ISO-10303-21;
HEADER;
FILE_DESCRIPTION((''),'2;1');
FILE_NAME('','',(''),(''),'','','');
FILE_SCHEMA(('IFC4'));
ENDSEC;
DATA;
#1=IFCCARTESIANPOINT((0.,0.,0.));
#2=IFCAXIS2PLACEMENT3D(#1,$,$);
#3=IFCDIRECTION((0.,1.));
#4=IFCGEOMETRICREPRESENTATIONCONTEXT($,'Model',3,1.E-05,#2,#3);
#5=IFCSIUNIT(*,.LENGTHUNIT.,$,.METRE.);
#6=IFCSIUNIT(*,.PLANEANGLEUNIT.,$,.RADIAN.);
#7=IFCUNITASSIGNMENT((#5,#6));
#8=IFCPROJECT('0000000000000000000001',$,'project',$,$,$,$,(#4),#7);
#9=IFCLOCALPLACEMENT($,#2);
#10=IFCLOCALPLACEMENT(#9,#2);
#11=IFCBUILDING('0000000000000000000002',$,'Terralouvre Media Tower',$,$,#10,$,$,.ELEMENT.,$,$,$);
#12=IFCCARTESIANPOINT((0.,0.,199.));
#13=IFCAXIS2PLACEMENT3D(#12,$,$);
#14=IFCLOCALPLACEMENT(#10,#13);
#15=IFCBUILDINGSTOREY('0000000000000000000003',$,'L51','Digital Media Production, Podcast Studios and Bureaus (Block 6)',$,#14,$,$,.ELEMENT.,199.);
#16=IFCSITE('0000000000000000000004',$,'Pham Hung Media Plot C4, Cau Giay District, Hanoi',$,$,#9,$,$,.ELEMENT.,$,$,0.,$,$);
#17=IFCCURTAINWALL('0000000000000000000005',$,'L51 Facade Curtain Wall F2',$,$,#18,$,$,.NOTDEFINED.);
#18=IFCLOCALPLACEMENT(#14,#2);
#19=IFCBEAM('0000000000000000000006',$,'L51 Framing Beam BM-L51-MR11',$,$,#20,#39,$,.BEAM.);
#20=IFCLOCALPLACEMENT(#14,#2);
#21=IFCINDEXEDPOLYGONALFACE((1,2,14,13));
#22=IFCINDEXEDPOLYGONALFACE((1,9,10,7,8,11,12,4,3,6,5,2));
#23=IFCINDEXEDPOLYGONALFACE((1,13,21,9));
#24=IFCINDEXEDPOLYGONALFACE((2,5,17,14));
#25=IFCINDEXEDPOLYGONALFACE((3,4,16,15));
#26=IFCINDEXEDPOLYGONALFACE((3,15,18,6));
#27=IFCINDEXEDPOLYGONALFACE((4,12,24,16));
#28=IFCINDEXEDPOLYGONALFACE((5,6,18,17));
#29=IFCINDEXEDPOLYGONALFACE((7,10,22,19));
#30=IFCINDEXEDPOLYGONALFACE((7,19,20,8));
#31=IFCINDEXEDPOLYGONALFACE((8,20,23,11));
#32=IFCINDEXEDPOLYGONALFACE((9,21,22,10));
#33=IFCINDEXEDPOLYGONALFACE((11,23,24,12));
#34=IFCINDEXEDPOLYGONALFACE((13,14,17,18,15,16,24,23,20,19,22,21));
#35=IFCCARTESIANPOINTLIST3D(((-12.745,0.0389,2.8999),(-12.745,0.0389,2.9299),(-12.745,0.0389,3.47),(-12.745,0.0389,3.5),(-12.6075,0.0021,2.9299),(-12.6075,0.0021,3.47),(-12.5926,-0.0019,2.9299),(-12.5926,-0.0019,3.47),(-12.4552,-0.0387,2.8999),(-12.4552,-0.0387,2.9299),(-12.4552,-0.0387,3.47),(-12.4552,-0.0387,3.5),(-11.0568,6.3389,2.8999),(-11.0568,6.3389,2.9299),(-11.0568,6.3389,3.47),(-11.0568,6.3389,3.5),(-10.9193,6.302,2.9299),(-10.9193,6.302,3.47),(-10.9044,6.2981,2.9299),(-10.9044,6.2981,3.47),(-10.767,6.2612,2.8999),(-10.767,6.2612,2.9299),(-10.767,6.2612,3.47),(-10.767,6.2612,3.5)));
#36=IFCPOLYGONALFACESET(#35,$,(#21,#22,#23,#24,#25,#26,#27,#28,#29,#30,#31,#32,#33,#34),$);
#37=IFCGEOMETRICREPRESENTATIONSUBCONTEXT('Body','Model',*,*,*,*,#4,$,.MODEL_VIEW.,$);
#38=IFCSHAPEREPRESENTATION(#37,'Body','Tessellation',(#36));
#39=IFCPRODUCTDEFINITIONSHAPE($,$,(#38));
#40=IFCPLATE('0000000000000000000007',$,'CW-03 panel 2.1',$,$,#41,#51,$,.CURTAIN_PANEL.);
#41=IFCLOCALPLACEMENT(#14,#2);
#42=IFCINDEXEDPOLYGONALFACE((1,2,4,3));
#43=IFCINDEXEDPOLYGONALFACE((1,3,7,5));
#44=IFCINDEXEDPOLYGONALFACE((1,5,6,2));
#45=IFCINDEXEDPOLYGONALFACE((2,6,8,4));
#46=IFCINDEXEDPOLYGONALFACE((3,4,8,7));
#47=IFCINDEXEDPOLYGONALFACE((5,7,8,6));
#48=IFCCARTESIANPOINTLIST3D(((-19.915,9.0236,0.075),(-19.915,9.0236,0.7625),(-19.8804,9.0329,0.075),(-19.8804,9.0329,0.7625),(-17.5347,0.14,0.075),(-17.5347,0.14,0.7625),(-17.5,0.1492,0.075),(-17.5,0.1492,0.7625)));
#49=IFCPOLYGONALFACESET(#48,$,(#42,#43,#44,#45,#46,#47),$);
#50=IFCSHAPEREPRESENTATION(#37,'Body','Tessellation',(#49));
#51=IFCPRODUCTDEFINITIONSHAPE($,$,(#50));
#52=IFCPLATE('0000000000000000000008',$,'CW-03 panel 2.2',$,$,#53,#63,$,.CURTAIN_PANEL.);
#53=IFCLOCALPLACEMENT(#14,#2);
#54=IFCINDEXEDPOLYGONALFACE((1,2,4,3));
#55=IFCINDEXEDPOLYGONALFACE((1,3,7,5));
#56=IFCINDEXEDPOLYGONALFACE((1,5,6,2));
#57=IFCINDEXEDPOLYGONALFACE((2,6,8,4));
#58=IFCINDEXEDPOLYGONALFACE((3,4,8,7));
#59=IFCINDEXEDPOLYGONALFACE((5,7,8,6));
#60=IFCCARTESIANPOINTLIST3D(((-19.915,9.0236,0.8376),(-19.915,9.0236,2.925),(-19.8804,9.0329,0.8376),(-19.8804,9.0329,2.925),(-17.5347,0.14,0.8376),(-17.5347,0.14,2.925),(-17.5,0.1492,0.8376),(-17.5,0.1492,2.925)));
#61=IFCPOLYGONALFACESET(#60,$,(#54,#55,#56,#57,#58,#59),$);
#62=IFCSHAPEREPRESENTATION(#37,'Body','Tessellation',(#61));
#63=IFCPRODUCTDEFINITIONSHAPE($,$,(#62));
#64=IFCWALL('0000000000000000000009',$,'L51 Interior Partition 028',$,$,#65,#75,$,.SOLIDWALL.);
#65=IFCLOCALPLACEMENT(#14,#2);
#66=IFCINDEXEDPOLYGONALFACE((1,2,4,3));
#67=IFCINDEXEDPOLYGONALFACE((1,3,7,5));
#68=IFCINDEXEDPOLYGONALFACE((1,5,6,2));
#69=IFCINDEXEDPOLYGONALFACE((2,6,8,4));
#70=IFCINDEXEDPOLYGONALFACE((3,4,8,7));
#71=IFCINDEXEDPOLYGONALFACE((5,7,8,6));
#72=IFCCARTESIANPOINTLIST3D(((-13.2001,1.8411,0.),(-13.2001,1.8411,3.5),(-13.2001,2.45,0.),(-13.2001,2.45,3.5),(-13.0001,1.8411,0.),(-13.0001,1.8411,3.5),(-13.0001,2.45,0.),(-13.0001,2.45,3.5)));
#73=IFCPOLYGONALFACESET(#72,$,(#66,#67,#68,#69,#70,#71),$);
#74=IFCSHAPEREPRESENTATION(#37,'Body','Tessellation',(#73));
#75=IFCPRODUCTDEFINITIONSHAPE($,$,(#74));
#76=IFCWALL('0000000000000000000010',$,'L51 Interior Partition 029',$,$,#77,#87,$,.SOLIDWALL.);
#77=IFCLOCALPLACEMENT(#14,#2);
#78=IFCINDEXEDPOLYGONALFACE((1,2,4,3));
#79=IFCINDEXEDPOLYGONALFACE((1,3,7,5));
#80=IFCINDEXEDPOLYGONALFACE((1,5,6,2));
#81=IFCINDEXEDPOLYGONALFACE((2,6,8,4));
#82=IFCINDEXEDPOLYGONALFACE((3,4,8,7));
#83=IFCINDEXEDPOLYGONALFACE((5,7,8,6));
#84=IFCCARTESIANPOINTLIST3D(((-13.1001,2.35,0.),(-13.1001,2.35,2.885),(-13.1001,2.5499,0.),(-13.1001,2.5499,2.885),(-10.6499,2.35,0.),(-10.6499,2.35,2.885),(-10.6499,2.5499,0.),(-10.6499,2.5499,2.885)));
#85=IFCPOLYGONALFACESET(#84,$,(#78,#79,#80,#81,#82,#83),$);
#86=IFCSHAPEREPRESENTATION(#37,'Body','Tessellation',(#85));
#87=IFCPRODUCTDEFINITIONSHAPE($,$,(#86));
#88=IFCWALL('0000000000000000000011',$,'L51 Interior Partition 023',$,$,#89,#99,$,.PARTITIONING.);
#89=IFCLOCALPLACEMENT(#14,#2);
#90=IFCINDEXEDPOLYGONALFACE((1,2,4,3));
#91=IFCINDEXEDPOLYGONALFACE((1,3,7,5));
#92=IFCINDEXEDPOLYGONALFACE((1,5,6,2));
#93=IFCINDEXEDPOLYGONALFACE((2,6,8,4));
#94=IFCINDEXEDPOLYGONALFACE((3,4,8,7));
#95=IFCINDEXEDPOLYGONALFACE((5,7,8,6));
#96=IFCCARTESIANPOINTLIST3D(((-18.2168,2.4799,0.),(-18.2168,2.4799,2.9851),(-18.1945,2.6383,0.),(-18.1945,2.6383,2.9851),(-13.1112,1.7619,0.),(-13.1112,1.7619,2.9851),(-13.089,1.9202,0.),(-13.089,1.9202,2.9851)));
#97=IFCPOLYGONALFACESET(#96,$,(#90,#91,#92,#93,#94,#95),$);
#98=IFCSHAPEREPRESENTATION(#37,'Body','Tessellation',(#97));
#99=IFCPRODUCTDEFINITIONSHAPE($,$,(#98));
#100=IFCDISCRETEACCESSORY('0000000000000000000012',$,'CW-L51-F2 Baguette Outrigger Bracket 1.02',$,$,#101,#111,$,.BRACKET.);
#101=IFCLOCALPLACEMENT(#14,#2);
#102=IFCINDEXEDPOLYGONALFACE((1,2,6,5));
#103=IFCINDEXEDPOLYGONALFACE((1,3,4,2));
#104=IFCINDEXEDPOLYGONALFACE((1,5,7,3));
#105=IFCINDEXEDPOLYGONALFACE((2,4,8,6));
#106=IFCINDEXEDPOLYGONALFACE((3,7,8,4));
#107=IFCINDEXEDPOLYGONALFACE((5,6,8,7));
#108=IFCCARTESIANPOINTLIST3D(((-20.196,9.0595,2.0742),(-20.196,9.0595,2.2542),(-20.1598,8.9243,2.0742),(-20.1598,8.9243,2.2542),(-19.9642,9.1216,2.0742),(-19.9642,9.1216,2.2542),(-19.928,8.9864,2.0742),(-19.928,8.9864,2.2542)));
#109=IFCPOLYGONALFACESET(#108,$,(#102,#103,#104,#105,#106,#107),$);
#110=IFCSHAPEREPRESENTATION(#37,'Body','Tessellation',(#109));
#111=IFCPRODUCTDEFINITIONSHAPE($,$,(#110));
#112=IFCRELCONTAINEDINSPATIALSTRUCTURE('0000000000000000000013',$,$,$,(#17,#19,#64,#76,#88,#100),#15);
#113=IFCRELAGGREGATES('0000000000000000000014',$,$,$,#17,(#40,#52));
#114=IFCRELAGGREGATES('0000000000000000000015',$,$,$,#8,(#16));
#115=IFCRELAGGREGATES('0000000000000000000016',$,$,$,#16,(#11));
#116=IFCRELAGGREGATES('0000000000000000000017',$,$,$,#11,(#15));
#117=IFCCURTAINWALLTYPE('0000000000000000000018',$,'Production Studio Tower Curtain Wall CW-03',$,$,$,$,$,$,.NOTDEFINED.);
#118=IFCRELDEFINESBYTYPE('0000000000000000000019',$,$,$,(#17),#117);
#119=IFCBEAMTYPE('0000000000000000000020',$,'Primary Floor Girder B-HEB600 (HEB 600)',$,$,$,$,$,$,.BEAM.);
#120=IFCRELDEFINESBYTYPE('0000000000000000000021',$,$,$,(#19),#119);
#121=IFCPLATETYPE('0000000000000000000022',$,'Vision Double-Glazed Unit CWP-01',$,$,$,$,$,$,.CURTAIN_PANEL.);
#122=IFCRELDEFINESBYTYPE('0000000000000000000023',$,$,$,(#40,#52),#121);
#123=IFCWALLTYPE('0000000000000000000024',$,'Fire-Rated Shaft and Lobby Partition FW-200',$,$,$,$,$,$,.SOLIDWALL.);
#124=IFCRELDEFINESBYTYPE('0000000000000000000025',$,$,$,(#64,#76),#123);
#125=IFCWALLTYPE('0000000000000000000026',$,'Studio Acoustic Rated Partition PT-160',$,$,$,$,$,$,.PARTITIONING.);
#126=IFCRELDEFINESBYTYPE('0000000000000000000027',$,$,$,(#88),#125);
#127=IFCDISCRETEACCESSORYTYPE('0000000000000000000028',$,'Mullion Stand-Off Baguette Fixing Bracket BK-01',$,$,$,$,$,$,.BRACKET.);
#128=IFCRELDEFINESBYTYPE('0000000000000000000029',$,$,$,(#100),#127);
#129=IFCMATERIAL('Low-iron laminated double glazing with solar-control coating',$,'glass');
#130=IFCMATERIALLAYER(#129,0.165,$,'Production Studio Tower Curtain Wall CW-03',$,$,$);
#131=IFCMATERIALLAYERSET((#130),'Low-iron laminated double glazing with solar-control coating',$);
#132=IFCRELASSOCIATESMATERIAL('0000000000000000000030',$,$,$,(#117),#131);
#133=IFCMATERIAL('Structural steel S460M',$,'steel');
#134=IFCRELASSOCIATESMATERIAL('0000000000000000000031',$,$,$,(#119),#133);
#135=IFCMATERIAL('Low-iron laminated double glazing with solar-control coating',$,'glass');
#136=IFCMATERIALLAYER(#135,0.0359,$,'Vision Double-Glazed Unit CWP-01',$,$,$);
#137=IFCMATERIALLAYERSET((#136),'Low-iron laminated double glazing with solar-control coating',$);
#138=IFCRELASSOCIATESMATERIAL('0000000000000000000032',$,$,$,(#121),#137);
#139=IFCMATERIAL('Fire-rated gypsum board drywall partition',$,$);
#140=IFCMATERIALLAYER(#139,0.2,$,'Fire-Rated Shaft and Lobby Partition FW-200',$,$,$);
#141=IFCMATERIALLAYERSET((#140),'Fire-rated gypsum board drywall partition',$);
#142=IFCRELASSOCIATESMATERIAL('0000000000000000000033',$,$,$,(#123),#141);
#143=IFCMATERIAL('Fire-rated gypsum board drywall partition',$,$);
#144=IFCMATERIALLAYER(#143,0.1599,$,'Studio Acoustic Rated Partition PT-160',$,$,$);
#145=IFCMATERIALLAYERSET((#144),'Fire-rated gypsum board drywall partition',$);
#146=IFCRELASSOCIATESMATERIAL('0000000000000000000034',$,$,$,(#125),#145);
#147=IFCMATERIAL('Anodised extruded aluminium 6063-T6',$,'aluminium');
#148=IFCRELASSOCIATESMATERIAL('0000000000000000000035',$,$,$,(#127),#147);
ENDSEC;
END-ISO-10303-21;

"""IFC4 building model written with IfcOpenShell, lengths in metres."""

from ifc_helpers import new_model, si_unit, direction, frame, frame_2d, origin, origin_2d, place, context, subcontext, project, spatial, rectangle, i_section, extrude, material, layer, layer_set, material_profile, profile_set, type_object, element, aggregate, save


model = new_model("IFC4")

# Units and contexts
model_context = context("Model", 3, precision=1e-05, world=origin(), true_north=direction((0.0, 1.0)))
body_context = subcontext(model_context, "Body", "Model", "MODEL_VIEW")
ifc_project = project(units=[si_unit("LENGTHUNIT", "METRE"), si_unit("PLANEANGLEUNIT", "RADIAN")], contexts=[model_context])

# Site, building, storey
site_placement = place(None, origin())
site = spatial("IfcSite", under=ifc_project, at=site_placement, Name="Pham Hung Media Plot C4, Cau Giay District, Hanoi", CompositionType="ELEMENT", RefElevation=0.0)
building_placement = place(site_placement, origin())
building = spatial("IfcBuilding", under=site, at=building_placement, Name="Terralouvre Media Tower", CompositionType="ELEMENT")
storey_placement = place(building_placement, frame((0.0, 0.0, 199.0)))
storey = spatial("IfcBuildingStorey", under=building, at=storey_placement, Name="L51", Description="Digital Media Production, Podcast Studios and Bureaus (Block 6)", CompositionType="ELEMENT", Elevation=199.0)

# Curtain wall
ifc_material_1 = material(Name="Low-iron laminated double glazing with solar-control coating", Category="glass")
ifc_layer_1 = layer(ifc_material_1, 0.165, Name="Production Studio Tower Curtain Wall CW-03")
ifc_layer_set_1 = layer_set([ifc_layer_1], Name="Low-iron laminated double glazing with solar-control coating")
curtain_wall_type = type_object("IfcCurtainWallType", Name="Production Studio Tower Curtain Wall CW-03", PredefinedType="NOTDEFINED", material=ifc_layer_set_1)
curtain_wall_placement = place(storey_placement, origin())
curtain_wall = element("IfcCurtainWall", 1, at=curtain_wall_placement, inside=storey, type_object=curtain_wall_type, Name="L51 Facade Curtain Wall F2", PredefinedType="NOTDEFINED")

# Beam
ifc_material_2 = material(Name="Structural steel S460M", Category="steel")
ifc_material_profile_1 = material_profile(ifc_material_2, i_section(OverallWidth=0.3, OverallDepth=0.6001, WebThickness=0.0154, FlangeThickness=0.03, at=origin_2d()), Name="HEB 600")
ifc_profile_set_1 = profile_set([ifc_material_profile_1], Name="Structural steel S460M")
beam_type_1 = type_object("IfcBeamType", Name="Primary Floor Girder B-HEB600 (HEB 600)", PredefinedType="BEAM", material=ifc_profile_set_1)
beam_1_placement = place(storey_placement, frame((-10.9119, 6.3, 3.2), z_axis=(-0.258839, -0.96592, 0.0), x_axis=(0.96592, -0.258839, 0.0)))
element("IfcBeam", 2, at=beam_1_placement, inside=storey, type_object=beam_type_1, Name="L51 Framing Beam BM-L51-MR11", PredefinedType="BEAM", context=body_context, shape_type="SweptSolid", body=[
    extrude(i_section(OverallWidth=0.3, OverallDepth=0.6001, WebThickness=0.0154, FlangeThickness=0.03, at=origin_2d()), origin(), (0.0, 0.0, 1.0), 6.5222),
])

# Plates
ifc_material_3 = material(Name="Low-iron laminated double glazing with solar-control coating", Category="glass")
ifc_layer_2 = layer(ifc_material_3, 0.0359, Name="Vision Double-Glazed Unit CWP-01")
ifc_layer_set_2 = layer_set([ifc_layer_2], Name="Low-iron laminated double glazing with solar-control coating")
plate_type = type_object("IfcPlateType", Name="Vision Double-Glazed Unit CWP-01", PredefinedType="CURTAIN_PANEL", material=ifc_layer_set_2)
plate_1_placement = place(storey_placement, frame((-18.7075, 4.5864, 0.075), z_axis=(0.0, 0.0, 1.0), x_axis=(0.258819, -0.965926, 0.0)))
plate_1 = element("IfcPlate", 3, at=plate_1_placement, type_object=plate_type, Name="CW-03 panel 2.1", PredefinedType="CURTAIN_PANEL", context=body_context, shape_type="SweptSolid", body=[
    extrude(rectangle(XDim=9.197, YDim=0.0359, at=origin_2d()), origin(), (0.0, 0.0, 1.0), 0.6875),
])
plate_2_placement = place(storey_placement, frame((-18.7075, 4.5864, 0.8376), z_axis=(0.0, 0.0, 1.0), x_axis=(0.258819, -0.965926, 0.0)))
plate_2 = element("IfcPlate", 4, at=plate_2_placement, type_object=plate_type, Name="CW-03 panel 2.2", PredefinedType="CURTAIN_PANEL", context=body_context, shape_type="SweptSolid", body=[
    extrude(rectangle(XDim=9.197, YDim=0.0359, at=origin_2d()), origin(), (0.0, 0.0, 1.0), 2.0874),
])
aggregate(curtain_wall, [plate_1, plate_2])

# Walls
ifc_material_4 = material(Name="Fire-rated gypsum board drywall partition")
ifc_layer_3 = layer(ifc_material_4, 0.2, Name="Fire-Rated Shaft and Lobby Partition FW-200")
ifc_layer_set_3 = layer_set([ifc_layer_3], Name="Fire-rated gypsum board drywall partition")
wall_type_1 = type_object("IfcWallType", Name="Fire-Rated Shaft and Lobby Partition FW-200", PredefinedType="SOLIDWALL", material=ifc_layer_set_3)
wall_1_placement = place(storey_placement, frame((-13.1001, 1.8411, 0.0), z_axis=(0.0, 0.0, 1.0), x_axis=(0.0, 1.0, 0.0)))
element("IfcWall", 5, at=wall_1_placement, inside=storey, type_object=wall_type_1, Name="L51 Interior Partition 028", PredefinedType="SOLIDWALL", context=body_context, shape_type="SweptSolid", body=[
    extrude(rectangle(XDim=0.6089, YDim=0.2, at=frame_2d((0.3044, 0.0))), origin(), (0.0, 0.0, 1.0), 3.5),
])
wall_2_placement = place(storey_placement, frame((-13.1001, 2.45, 0.0), z_axis=(0.0, 0.0, 1.0), x_axis=(1.0, 0.0, 0.0)))
element("IfcWall", 6, at=wall_2_placement, inside=storey, type_object=wall_type_1, Name="L51 Interior Partition 029", PredefinedType="SOLIDWALL", context=body_context, shape_type="SweptSolid", body=[
    extrude(rectangle(XDim=2.4502, YDim=0.2, at=frame_2d((1.2251, 0.0))), origin(), (0.0, 0.0, 1.0), 2.885),
])
ifc_material_5 = material(Name="Fire-rated gypsum board drywall partition")
ifc_layer_4 = layer(ifc_material_5, 0.1599, Name="Studio Acoustic Rated Partition PT-160")
ifc_layer_set_4 = layer_set([ifc_layer_4], Name="Fire-rated gypsum board drywall partition")
wall_type_2 = type_object("IfcWallType", Name="Studio Acoustic Rated Partition PT-160", PredefinedType="PARTITIONING", material=ifc_layer_set_4)
wall_3_placement = place(storey_placement, frame((-13.1001, 1.8411, 0.0), z_axis=(0.0, 0.0, 1.0), x_axis=(-0.990255, 0.139266, 0.0)))
element("IfcWall", 7, at=wall_3_placement, inside=storey, type_object=wall_type_2, Name="L51 Interior Partition 023", PredefinedType="PARTITIONING", context=body_context, shape_type="SweptSolid", body=[
    extrude(rectangle(XDim=5.1558, YDim=0.1599, at=frame_2d((2.5779, 0.0))), origin(), (0.0, 0.0, 1.0), 2.9851),
])

# Discrete accessory
ifc_material_6 = material(Name="Anodised extruded aluminium 6063-T6", Category="aluminium")
discrete_accessory_type = type_object("IfcDiscreteAccessoryType", Name="Mullion Stand-Off Baguette Fixing Bracket BK-01", PredefinedType="BRACKET", material=ifc_material_6)
discrete_accessory_placement = place(storey_placement, frame((-20.062, 9.0229, 2.0742), z_axis=(0.0, 0.0, 1.0), x_axis=(0.258819, -0.965926, 0.0)))
element("IfcDiscreteAccessory", 8, at=discrete_accessory_placement, inside=storey, type_object=discrete_accessory_type, Name="CW-L51-F2 Baguette Outrigger Bracket 1.02", PredefinedType="BRACKET", context=body_context, shape_type="SweptSolid", body=[
    extrude(rectangle(XDim=0.1399, YDim=0.24, at=origin_2d()), origin(), (0.0, 0.0, 1.0), 0.1799),
])

save(model, "model.ifc")
